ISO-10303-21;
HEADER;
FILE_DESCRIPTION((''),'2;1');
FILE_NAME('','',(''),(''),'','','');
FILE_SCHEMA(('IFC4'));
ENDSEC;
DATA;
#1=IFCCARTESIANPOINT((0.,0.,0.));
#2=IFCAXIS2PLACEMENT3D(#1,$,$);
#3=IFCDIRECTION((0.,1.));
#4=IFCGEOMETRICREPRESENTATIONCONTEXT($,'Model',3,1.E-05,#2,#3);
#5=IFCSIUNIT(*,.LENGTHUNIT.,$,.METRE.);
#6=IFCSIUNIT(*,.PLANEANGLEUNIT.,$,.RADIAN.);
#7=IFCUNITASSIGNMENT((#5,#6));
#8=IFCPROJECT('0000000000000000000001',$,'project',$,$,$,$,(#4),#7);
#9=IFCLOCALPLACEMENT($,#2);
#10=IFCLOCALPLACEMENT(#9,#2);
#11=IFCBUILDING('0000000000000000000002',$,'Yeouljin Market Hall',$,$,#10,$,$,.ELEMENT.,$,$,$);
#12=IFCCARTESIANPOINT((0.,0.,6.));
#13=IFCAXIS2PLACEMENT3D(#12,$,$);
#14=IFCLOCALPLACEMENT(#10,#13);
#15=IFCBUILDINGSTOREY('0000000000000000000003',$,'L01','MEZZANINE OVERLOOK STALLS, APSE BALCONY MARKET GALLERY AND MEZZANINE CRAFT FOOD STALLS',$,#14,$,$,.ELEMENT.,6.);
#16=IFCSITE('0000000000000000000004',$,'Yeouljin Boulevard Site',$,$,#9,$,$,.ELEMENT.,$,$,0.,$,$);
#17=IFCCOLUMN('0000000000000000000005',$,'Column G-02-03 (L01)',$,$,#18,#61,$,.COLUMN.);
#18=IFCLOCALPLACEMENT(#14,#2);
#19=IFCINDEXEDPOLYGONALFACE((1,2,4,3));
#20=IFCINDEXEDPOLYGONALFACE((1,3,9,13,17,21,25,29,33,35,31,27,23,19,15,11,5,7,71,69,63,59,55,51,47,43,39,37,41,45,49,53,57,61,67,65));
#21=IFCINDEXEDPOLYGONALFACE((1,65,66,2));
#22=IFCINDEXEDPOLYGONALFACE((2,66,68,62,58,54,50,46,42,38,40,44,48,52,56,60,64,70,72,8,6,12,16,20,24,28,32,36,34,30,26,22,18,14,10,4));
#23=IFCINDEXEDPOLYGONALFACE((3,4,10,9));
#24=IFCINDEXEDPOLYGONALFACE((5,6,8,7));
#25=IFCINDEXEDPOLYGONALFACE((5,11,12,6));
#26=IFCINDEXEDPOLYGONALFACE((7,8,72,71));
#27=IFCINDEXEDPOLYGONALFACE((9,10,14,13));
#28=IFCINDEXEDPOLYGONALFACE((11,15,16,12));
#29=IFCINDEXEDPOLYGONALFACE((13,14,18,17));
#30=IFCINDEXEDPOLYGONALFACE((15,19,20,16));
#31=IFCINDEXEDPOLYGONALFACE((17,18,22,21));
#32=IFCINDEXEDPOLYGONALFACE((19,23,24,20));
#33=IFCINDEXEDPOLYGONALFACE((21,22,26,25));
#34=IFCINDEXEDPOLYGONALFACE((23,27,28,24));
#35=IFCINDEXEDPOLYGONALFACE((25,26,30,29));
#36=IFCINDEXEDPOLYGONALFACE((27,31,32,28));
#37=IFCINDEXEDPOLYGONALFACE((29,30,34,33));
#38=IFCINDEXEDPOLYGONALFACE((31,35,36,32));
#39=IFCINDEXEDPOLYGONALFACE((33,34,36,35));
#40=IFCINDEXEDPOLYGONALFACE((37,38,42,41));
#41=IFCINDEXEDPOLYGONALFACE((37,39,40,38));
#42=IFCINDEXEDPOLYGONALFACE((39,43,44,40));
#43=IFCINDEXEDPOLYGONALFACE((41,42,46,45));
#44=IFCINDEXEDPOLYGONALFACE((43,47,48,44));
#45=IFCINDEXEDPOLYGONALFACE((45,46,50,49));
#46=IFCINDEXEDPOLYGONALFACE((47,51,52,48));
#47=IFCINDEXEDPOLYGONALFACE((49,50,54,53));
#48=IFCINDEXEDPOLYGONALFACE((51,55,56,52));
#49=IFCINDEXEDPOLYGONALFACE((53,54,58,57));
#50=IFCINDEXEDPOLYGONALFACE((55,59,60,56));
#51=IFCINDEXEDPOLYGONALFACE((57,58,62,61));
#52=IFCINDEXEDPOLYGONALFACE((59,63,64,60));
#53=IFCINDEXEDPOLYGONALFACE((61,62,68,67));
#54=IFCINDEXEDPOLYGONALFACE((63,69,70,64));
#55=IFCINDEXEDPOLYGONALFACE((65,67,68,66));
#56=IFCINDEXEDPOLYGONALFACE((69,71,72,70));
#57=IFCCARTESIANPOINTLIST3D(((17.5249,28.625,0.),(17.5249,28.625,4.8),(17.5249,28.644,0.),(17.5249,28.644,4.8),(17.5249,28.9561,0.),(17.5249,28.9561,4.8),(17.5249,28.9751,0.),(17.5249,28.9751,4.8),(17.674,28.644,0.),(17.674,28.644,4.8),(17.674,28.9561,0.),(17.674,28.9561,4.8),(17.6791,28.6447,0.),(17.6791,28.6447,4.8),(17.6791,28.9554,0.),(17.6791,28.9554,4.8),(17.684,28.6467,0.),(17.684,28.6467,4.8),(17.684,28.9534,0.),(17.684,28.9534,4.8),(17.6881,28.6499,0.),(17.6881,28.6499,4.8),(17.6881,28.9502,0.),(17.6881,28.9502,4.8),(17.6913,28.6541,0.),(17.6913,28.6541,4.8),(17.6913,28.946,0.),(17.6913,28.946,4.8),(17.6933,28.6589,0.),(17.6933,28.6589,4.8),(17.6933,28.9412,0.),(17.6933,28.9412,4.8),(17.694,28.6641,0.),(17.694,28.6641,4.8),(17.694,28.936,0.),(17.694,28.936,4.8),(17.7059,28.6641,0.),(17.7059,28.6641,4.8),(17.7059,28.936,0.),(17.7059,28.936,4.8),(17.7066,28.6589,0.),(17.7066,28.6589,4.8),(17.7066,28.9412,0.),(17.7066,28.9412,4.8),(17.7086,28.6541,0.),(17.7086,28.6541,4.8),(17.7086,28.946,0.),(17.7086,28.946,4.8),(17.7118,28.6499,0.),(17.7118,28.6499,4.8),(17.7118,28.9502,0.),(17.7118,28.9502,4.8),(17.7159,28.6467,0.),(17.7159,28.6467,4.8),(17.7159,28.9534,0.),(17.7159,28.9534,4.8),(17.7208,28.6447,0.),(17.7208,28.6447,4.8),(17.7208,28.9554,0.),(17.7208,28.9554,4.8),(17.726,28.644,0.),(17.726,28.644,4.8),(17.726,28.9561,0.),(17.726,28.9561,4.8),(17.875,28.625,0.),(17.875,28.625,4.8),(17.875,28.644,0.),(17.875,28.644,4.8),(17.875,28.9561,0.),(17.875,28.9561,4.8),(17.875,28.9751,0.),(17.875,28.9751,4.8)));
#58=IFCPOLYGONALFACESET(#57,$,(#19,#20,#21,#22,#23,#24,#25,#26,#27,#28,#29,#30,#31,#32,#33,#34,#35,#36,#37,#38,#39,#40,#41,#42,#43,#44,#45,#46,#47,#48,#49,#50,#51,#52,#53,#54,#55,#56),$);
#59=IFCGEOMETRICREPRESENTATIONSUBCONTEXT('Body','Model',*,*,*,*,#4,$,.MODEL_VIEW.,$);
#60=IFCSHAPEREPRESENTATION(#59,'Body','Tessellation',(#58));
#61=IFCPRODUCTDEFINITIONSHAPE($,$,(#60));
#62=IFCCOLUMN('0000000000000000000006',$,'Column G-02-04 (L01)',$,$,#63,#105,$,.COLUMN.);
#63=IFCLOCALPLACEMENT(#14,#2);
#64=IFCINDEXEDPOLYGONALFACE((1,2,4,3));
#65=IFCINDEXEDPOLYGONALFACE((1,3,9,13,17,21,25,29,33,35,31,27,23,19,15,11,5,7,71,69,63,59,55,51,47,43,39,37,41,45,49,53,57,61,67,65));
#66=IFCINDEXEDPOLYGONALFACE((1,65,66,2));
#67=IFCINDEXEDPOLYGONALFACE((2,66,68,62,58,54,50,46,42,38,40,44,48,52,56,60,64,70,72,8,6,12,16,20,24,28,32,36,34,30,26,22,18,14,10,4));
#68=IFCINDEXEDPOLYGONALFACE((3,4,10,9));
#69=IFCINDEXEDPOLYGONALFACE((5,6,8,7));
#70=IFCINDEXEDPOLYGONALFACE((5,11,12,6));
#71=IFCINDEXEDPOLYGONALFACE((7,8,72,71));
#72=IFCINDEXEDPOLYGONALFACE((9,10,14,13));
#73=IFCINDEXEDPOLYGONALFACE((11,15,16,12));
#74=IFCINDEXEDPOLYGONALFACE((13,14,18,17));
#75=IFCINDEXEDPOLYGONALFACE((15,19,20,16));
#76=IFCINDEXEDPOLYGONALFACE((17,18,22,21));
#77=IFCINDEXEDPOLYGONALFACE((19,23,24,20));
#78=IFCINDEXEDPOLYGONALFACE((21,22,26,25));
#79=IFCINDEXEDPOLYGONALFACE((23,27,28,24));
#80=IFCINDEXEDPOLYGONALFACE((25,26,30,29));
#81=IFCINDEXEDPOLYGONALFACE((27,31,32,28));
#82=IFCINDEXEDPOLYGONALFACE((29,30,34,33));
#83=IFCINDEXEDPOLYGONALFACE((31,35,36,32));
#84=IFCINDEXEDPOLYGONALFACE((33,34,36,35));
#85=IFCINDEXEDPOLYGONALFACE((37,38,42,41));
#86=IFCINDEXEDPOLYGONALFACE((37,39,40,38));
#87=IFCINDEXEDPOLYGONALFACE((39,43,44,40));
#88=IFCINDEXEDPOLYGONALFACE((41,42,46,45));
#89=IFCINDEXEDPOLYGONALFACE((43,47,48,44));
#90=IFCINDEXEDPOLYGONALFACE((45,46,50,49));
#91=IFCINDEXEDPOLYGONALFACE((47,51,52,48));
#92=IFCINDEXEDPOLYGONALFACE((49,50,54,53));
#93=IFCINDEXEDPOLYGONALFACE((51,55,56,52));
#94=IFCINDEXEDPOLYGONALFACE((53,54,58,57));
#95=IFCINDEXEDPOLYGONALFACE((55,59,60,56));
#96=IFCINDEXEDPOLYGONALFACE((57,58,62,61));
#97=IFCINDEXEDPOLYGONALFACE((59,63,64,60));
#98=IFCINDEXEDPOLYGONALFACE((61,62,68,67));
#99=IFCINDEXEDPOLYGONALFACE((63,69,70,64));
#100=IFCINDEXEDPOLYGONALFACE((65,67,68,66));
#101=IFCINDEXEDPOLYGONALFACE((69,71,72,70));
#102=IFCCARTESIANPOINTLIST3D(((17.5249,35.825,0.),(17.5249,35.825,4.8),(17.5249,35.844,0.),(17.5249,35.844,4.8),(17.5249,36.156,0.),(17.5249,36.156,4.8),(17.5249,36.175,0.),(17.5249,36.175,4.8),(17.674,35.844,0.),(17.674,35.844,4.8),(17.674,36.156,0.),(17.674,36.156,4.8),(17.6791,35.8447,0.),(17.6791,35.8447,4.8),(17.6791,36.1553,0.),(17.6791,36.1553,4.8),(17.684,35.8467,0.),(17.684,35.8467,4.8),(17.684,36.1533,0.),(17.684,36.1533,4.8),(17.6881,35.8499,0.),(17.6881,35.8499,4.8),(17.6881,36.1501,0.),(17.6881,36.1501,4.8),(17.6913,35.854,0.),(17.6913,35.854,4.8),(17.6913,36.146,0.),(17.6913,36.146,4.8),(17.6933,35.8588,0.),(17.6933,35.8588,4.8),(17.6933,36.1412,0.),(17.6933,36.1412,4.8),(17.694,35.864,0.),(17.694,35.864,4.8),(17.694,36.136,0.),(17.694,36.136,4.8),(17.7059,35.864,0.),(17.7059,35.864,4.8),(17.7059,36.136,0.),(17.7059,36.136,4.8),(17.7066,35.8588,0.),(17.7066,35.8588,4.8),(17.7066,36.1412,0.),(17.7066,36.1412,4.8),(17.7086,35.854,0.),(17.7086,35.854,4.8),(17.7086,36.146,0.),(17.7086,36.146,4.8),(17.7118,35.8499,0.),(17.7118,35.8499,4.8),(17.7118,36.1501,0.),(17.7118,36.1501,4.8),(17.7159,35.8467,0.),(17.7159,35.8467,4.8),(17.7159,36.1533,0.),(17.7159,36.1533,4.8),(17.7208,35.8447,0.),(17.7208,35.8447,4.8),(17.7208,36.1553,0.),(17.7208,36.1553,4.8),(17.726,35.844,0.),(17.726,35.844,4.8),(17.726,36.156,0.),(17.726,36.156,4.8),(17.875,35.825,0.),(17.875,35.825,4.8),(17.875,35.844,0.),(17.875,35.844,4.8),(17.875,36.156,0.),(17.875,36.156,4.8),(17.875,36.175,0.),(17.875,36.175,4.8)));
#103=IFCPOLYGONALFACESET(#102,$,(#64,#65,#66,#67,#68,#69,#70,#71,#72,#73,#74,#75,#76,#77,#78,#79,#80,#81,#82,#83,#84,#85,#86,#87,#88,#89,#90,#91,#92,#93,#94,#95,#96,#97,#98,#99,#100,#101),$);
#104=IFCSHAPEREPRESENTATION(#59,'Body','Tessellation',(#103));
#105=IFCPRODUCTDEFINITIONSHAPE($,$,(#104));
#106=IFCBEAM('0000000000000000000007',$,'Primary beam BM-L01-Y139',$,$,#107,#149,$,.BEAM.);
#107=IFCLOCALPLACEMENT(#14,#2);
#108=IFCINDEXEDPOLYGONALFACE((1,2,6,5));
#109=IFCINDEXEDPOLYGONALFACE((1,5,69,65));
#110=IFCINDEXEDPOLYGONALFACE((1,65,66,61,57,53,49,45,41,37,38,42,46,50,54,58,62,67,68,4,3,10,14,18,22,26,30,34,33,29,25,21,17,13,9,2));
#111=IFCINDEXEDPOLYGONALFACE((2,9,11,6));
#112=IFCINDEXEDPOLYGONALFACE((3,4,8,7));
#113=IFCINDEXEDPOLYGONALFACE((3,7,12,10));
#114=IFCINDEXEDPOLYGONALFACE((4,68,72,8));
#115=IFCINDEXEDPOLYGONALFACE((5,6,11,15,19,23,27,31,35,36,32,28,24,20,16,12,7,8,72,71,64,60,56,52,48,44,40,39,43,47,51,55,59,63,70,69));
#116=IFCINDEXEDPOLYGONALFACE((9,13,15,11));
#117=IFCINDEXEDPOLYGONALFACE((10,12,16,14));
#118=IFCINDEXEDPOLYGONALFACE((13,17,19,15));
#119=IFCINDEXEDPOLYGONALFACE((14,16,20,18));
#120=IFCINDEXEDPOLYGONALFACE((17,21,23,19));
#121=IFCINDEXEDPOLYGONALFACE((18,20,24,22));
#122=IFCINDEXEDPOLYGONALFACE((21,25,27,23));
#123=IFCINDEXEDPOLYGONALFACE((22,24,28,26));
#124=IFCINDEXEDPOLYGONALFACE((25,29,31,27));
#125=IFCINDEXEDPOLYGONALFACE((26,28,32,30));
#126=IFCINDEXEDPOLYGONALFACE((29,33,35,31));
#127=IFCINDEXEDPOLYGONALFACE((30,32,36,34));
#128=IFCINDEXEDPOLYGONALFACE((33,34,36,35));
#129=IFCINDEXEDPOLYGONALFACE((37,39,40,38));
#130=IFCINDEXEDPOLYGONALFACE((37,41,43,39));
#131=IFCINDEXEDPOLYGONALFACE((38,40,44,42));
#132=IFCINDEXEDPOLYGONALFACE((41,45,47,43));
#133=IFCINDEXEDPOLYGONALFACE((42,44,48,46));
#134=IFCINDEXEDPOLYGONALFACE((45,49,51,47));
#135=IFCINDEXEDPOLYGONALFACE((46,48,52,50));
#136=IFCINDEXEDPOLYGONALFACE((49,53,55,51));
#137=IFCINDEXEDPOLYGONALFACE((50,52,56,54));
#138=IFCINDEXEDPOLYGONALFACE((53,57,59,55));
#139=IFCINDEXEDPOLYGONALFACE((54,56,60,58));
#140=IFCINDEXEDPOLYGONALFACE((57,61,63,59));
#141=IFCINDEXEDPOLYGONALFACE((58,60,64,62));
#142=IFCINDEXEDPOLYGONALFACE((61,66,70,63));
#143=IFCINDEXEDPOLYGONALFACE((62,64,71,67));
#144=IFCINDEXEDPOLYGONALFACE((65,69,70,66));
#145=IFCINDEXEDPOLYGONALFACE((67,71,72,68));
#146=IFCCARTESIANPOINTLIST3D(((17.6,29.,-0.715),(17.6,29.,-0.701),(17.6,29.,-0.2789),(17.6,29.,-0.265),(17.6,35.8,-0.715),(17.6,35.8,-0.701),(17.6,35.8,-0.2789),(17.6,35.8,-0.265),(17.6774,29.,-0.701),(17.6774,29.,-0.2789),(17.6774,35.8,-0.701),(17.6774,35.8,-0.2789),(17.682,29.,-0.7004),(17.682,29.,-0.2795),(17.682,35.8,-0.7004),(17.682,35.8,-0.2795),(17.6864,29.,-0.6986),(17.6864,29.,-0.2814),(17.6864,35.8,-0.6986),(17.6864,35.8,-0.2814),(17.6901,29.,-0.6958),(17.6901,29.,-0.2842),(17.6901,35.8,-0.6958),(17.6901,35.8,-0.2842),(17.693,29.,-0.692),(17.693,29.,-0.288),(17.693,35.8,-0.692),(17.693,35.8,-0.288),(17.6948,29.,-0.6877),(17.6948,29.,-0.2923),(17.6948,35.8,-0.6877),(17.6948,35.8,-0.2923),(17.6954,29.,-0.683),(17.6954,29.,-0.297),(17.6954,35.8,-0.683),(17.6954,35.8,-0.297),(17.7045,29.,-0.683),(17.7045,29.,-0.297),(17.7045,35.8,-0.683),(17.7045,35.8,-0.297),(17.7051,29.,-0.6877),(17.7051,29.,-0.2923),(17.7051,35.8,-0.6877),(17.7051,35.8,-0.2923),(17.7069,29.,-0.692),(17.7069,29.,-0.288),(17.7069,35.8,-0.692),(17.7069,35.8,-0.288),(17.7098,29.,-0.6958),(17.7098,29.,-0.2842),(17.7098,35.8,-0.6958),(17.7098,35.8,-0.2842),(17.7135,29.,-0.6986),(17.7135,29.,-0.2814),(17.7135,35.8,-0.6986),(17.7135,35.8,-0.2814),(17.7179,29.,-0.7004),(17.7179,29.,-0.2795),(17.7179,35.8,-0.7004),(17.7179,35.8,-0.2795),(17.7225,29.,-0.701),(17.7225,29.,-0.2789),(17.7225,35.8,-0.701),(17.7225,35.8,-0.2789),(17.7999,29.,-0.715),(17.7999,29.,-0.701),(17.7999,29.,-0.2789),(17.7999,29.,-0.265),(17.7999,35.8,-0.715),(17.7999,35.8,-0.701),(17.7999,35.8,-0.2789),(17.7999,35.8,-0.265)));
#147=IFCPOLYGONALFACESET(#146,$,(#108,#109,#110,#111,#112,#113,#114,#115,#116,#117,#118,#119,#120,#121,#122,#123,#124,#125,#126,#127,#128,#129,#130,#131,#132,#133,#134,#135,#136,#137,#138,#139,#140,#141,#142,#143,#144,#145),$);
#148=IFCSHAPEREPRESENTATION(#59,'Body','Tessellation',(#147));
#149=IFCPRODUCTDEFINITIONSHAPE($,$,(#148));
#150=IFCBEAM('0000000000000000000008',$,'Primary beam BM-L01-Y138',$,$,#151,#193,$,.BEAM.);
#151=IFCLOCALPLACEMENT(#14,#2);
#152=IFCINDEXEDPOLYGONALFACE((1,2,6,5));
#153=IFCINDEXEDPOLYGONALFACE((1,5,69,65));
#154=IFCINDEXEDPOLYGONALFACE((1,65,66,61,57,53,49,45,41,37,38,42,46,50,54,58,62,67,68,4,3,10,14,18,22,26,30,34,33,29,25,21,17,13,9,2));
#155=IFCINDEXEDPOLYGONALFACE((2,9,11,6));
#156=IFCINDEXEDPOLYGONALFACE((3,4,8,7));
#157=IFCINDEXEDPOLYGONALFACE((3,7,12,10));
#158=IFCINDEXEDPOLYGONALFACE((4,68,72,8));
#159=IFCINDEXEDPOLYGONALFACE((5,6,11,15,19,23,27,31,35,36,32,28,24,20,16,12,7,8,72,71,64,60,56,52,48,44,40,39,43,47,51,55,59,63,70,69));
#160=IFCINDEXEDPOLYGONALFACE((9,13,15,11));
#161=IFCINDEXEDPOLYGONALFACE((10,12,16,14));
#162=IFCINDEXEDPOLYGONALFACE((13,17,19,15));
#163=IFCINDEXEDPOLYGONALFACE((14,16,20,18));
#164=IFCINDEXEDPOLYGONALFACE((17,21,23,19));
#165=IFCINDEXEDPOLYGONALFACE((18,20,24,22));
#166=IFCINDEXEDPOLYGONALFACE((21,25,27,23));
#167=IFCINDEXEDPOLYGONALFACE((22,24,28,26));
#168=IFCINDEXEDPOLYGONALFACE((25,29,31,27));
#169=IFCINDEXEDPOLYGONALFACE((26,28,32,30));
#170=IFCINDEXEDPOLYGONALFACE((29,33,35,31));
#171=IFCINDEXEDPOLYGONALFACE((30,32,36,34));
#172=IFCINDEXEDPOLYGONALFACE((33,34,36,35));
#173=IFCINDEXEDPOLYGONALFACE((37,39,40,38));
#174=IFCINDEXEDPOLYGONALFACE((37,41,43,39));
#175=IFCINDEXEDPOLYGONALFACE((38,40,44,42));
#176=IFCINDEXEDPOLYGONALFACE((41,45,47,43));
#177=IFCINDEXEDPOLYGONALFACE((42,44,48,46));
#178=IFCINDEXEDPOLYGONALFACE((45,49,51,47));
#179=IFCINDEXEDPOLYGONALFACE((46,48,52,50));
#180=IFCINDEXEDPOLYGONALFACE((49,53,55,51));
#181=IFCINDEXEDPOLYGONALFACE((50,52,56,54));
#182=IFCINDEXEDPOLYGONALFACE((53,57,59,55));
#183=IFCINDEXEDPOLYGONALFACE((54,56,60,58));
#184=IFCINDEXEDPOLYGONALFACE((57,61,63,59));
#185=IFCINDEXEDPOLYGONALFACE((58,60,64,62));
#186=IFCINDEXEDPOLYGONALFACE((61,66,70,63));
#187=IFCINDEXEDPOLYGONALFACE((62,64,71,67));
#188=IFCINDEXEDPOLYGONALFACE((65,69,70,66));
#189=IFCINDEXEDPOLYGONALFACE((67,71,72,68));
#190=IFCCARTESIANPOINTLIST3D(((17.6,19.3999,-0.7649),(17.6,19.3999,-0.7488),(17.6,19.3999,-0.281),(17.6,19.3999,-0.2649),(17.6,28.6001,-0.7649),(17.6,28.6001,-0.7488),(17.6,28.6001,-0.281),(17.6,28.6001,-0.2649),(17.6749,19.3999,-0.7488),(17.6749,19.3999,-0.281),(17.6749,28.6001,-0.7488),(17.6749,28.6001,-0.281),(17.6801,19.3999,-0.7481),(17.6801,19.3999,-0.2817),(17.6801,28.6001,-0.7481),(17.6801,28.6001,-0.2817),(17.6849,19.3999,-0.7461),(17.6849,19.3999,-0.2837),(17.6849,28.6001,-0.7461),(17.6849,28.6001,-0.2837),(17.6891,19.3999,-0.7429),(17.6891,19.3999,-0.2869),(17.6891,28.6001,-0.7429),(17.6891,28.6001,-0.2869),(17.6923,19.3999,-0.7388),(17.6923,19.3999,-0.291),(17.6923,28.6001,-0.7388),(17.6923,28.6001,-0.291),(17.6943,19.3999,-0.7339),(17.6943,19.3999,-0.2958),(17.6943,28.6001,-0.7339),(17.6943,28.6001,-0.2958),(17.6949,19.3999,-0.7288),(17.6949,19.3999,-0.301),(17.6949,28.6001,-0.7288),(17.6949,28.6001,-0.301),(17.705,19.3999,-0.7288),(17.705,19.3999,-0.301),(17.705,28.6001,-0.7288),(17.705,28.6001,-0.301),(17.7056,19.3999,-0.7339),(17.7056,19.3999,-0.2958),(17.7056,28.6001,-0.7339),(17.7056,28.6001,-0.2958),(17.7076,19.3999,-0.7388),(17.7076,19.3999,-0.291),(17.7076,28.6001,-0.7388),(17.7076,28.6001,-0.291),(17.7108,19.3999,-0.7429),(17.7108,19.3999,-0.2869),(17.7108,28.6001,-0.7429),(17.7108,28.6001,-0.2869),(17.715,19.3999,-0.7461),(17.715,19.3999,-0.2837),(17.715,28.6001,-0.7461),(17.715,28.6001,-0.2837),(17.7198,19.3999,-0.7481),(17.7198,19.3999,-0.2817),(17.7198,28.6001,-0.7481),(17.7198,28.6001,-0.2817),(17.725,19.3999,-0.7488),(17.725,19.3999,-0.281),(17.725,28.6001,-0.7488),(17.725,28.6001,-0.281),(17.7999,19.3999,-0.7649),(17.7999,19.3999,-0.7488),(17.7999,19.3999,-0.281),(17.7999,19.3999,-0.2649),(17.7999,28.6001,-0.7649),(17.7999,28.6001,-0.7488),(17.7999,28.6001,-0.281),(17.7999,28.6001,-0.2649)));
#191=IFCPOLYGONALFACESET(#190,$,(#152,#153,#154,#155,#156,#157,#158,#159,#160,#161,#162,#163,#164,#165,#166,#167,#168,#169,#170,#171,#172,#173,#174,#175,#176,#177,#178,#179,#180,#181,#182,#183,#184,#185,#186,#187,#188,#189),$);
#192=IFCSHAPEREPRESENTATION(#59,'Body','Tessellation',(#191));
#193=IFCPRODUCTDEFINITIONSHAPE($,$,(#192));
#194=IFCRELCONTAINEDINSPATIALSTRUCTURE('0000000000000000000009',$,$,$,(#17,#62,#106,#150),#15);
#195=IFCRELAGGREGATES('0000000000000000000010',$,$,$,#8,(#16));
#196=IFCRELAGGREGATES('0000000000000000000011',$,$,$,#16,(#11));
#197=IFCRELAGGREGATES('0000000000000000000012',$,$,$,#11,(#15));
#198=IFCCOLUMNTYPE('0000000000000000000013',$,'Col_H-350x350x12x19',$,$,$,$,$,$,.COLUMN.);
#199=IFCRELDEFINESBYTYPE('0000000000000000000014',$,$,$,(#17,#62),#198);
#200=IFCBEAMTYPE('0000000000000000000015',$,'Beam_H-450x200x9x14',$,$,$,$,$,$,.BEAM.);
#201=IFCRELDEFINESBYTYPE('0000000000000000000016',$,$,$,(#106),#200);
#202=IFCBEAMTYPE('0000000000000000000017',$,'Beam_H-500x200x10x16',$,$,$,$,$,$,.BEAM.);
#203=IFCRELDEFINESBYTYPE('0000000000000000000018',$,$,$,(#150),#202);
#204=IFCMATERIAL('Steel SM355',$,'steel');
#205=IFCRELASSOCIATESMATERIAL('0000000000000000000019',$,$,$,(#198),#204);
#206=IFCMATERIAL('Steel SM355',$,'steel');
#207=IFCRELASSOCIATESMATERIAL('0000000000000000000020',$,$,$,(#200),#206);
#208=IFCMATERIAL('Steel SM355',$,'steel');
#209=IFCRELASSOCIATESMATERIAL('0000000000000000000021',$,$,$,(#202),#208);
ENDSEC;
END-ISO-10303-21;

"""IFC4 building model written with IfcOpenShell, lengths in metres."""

from ifc_helpers import new_model, si_unit, direction, frame, origin, origin_2d, place, context, subcontext, project, spatial, i_section, extrude, material, material_profile, profile_set, type_object, element, save


model = new_model("IFC4")

# Units and contexts
model_context = context("Model", 3, precision=1e-05, world=origin(), true_north=direction((0.0, 1.0)))
body_context = subcontext(model_context, "Body", "Model", "MODEL_VIEW")
ifc_project = project(units=[si_unit("LENGTHUNIT", "METRE"), si_unit("PLANEANGLEUNIT", "RADIAN")], contexts=[model_context])

# Site, building, storey
site_placement = place(None, origin())
site = spatial("IfcSite", under=ifc_project, at=site_placement, Name="Yeouljin Boulevard Site", CompositionType="ELEMENT", RefElevation=0.0)
building_placement = place(site_placement, origin())
building = spatial("IfcBuilding", under=site, at=building_placement, Name="Yeouljin Market Hall", CompositionType="ELEMENT")
storey_placement = place(building_placement, frame((0.0, 0.0, 6.0)))
storey = spatial("IfcBuildingStorey", under=building, at=storey_placement, Name="L01", Description="MEZZANINE OVERLOOK STALLS, APSE BALCONY MARKET GALLERY AND MEZZANINE CRAFT FOOD STALLS", CompositionType="ELEMENT", Elevation=6.0)

# Columns
ifc_material_1 = material(Name="Steel SM355", Category="steel")
ifc_material_profile_1 = material_profile(ifc_material_1, i_section(OverallWidth=0.3501, OverallDepth=0.3501, WebThickness=0.012, FlangeThickness=0.019, FilletRadius=0.02, at=origin_2d()), Name="H-350x350x12x19")
ifc_profile_set_1 = profile_set([ifc_material_profile_1], Name="Steel SM355")
column_type = type_object("IfcColumnType", Name="Col_H-350x350x12x19", PredefinedType="COLUMN", material=ifc_profile_set_1)
for number, where, z_axis, x_axis, name in (
    (1, (17.7, 28.8, 0.0), (0.0, 0.0, 1.0), (1.0, 0.0, 0.0), "Column G-02-03 (L01)"),
    (2, (17.7, 36.0, 0.0), (0.0, 0.0, 1.0), (1.0, 0.0, 0.0), "Column G-02-04 (L01)"),
):
    element("IfcColumn", number, at=place(storey_placement, frame(where, z_axis=z_axis, x_axis=x_axis)), inside=storey, type_object=column_type, Name=name, PredefinedType="COLUMN", context=body_context, shape_type="SweptSolid", body=[
        extrude(i_section(OverallWidth=0.3501, OverallDepth=0.3501, WebThickness=0.012, FlangeThickness=0.019, FilletRadius=0.02, at=origin_2d()), origin(), (0.0, 0.0, 1.0), 4.8),
    ])

# Beams
ifc_material_2 = material(Name="Steel SM355", Category="steel")
ifc_material_profile_2 = material_profile(ifc_material_2, i_section(OverallWidth=0.2, OverallDepth=0.45, WebThickness=0.009, FlangeThickness=0.0139, FilletRadius=0.0181, at=origin_2d()), Name="H-450x200x9x14")
ifc_profile_set_2 = profile_set([ifc_material_profile_2], Name="Steel SM355")
beam_type_1 = type_object("IfcBeamType", Name="Beam_H-450x200x9x14", PredefinedType="BEAM", material=ifc_profile_set_2)
beam_1_placement = place(storey_placement, frame((17.7, 29.0, -0.49), z_axis=(0.0, 1.0, 0.0), x_axis=(-1.0, 0.0, 0.0)))
element("IfcBeam", 3, at=beam_1_placement, inside=storey, type_object=beam_type_1, Name="Primary beam BM-L01-Y139", PredefinedType="BEAM", context=body_context, shape_type="SweptSolid", body=[
    extrude(i_section(OverallWidth=0.2, OverallDepth=0.45, WebThickness=0.009, FlangeThickness=0.0139, FilletRadius=0.0181, at=origin_2d()), origin(), (0.0, 0.0, 1.0), 6.8),
])
ifc_material_3 = material(Name="Steel SM355", Category="steel")
ifc_material_profile_3 = material_profile(ifc_material_3, i_section(OverallWidth=0.2, OverallDepth=0.5, WebThickness=0.01, FlangeThickness=0.0161, FilletRadius=0.02, at=origin_2d()), Name="H-500x200x10x16")
ifc_profile_set_3 = profile_set([ifc_material_profile_3], Name="Steel SM355")
beam_type_2 = type_object("IfcBeamType", Name="Beam_H-500x200x10x16", PredefinedType="BEAM", material=ifc_profile_set_3)
beam_2_placement = place(storey_placement, frame((17.7, 19.3999, -0.5149), z_axis=(0.0, 1.0, 0.0), x_axis=(-1.0, 0.0, 0.0)))
element("IfcBeam", 4, at=beam_2_placement, inside=storey, type_object=beam_type_2, Name="Primary beam BM-L01-Y138", PredefinedType="BEAM", context=body_context, shape_type="SweptSolid", body=[
    extrude(i_section(OverallWidth=0.2, OverallDepth=0.5, WebThickness=0.01, FlangeThickness=0.0161, FilletRadius=0.02, at=origin_2d()), origin(), (0.0, 0.0, 1.0), 9.2002),
])

save(model, "model.ifc")
